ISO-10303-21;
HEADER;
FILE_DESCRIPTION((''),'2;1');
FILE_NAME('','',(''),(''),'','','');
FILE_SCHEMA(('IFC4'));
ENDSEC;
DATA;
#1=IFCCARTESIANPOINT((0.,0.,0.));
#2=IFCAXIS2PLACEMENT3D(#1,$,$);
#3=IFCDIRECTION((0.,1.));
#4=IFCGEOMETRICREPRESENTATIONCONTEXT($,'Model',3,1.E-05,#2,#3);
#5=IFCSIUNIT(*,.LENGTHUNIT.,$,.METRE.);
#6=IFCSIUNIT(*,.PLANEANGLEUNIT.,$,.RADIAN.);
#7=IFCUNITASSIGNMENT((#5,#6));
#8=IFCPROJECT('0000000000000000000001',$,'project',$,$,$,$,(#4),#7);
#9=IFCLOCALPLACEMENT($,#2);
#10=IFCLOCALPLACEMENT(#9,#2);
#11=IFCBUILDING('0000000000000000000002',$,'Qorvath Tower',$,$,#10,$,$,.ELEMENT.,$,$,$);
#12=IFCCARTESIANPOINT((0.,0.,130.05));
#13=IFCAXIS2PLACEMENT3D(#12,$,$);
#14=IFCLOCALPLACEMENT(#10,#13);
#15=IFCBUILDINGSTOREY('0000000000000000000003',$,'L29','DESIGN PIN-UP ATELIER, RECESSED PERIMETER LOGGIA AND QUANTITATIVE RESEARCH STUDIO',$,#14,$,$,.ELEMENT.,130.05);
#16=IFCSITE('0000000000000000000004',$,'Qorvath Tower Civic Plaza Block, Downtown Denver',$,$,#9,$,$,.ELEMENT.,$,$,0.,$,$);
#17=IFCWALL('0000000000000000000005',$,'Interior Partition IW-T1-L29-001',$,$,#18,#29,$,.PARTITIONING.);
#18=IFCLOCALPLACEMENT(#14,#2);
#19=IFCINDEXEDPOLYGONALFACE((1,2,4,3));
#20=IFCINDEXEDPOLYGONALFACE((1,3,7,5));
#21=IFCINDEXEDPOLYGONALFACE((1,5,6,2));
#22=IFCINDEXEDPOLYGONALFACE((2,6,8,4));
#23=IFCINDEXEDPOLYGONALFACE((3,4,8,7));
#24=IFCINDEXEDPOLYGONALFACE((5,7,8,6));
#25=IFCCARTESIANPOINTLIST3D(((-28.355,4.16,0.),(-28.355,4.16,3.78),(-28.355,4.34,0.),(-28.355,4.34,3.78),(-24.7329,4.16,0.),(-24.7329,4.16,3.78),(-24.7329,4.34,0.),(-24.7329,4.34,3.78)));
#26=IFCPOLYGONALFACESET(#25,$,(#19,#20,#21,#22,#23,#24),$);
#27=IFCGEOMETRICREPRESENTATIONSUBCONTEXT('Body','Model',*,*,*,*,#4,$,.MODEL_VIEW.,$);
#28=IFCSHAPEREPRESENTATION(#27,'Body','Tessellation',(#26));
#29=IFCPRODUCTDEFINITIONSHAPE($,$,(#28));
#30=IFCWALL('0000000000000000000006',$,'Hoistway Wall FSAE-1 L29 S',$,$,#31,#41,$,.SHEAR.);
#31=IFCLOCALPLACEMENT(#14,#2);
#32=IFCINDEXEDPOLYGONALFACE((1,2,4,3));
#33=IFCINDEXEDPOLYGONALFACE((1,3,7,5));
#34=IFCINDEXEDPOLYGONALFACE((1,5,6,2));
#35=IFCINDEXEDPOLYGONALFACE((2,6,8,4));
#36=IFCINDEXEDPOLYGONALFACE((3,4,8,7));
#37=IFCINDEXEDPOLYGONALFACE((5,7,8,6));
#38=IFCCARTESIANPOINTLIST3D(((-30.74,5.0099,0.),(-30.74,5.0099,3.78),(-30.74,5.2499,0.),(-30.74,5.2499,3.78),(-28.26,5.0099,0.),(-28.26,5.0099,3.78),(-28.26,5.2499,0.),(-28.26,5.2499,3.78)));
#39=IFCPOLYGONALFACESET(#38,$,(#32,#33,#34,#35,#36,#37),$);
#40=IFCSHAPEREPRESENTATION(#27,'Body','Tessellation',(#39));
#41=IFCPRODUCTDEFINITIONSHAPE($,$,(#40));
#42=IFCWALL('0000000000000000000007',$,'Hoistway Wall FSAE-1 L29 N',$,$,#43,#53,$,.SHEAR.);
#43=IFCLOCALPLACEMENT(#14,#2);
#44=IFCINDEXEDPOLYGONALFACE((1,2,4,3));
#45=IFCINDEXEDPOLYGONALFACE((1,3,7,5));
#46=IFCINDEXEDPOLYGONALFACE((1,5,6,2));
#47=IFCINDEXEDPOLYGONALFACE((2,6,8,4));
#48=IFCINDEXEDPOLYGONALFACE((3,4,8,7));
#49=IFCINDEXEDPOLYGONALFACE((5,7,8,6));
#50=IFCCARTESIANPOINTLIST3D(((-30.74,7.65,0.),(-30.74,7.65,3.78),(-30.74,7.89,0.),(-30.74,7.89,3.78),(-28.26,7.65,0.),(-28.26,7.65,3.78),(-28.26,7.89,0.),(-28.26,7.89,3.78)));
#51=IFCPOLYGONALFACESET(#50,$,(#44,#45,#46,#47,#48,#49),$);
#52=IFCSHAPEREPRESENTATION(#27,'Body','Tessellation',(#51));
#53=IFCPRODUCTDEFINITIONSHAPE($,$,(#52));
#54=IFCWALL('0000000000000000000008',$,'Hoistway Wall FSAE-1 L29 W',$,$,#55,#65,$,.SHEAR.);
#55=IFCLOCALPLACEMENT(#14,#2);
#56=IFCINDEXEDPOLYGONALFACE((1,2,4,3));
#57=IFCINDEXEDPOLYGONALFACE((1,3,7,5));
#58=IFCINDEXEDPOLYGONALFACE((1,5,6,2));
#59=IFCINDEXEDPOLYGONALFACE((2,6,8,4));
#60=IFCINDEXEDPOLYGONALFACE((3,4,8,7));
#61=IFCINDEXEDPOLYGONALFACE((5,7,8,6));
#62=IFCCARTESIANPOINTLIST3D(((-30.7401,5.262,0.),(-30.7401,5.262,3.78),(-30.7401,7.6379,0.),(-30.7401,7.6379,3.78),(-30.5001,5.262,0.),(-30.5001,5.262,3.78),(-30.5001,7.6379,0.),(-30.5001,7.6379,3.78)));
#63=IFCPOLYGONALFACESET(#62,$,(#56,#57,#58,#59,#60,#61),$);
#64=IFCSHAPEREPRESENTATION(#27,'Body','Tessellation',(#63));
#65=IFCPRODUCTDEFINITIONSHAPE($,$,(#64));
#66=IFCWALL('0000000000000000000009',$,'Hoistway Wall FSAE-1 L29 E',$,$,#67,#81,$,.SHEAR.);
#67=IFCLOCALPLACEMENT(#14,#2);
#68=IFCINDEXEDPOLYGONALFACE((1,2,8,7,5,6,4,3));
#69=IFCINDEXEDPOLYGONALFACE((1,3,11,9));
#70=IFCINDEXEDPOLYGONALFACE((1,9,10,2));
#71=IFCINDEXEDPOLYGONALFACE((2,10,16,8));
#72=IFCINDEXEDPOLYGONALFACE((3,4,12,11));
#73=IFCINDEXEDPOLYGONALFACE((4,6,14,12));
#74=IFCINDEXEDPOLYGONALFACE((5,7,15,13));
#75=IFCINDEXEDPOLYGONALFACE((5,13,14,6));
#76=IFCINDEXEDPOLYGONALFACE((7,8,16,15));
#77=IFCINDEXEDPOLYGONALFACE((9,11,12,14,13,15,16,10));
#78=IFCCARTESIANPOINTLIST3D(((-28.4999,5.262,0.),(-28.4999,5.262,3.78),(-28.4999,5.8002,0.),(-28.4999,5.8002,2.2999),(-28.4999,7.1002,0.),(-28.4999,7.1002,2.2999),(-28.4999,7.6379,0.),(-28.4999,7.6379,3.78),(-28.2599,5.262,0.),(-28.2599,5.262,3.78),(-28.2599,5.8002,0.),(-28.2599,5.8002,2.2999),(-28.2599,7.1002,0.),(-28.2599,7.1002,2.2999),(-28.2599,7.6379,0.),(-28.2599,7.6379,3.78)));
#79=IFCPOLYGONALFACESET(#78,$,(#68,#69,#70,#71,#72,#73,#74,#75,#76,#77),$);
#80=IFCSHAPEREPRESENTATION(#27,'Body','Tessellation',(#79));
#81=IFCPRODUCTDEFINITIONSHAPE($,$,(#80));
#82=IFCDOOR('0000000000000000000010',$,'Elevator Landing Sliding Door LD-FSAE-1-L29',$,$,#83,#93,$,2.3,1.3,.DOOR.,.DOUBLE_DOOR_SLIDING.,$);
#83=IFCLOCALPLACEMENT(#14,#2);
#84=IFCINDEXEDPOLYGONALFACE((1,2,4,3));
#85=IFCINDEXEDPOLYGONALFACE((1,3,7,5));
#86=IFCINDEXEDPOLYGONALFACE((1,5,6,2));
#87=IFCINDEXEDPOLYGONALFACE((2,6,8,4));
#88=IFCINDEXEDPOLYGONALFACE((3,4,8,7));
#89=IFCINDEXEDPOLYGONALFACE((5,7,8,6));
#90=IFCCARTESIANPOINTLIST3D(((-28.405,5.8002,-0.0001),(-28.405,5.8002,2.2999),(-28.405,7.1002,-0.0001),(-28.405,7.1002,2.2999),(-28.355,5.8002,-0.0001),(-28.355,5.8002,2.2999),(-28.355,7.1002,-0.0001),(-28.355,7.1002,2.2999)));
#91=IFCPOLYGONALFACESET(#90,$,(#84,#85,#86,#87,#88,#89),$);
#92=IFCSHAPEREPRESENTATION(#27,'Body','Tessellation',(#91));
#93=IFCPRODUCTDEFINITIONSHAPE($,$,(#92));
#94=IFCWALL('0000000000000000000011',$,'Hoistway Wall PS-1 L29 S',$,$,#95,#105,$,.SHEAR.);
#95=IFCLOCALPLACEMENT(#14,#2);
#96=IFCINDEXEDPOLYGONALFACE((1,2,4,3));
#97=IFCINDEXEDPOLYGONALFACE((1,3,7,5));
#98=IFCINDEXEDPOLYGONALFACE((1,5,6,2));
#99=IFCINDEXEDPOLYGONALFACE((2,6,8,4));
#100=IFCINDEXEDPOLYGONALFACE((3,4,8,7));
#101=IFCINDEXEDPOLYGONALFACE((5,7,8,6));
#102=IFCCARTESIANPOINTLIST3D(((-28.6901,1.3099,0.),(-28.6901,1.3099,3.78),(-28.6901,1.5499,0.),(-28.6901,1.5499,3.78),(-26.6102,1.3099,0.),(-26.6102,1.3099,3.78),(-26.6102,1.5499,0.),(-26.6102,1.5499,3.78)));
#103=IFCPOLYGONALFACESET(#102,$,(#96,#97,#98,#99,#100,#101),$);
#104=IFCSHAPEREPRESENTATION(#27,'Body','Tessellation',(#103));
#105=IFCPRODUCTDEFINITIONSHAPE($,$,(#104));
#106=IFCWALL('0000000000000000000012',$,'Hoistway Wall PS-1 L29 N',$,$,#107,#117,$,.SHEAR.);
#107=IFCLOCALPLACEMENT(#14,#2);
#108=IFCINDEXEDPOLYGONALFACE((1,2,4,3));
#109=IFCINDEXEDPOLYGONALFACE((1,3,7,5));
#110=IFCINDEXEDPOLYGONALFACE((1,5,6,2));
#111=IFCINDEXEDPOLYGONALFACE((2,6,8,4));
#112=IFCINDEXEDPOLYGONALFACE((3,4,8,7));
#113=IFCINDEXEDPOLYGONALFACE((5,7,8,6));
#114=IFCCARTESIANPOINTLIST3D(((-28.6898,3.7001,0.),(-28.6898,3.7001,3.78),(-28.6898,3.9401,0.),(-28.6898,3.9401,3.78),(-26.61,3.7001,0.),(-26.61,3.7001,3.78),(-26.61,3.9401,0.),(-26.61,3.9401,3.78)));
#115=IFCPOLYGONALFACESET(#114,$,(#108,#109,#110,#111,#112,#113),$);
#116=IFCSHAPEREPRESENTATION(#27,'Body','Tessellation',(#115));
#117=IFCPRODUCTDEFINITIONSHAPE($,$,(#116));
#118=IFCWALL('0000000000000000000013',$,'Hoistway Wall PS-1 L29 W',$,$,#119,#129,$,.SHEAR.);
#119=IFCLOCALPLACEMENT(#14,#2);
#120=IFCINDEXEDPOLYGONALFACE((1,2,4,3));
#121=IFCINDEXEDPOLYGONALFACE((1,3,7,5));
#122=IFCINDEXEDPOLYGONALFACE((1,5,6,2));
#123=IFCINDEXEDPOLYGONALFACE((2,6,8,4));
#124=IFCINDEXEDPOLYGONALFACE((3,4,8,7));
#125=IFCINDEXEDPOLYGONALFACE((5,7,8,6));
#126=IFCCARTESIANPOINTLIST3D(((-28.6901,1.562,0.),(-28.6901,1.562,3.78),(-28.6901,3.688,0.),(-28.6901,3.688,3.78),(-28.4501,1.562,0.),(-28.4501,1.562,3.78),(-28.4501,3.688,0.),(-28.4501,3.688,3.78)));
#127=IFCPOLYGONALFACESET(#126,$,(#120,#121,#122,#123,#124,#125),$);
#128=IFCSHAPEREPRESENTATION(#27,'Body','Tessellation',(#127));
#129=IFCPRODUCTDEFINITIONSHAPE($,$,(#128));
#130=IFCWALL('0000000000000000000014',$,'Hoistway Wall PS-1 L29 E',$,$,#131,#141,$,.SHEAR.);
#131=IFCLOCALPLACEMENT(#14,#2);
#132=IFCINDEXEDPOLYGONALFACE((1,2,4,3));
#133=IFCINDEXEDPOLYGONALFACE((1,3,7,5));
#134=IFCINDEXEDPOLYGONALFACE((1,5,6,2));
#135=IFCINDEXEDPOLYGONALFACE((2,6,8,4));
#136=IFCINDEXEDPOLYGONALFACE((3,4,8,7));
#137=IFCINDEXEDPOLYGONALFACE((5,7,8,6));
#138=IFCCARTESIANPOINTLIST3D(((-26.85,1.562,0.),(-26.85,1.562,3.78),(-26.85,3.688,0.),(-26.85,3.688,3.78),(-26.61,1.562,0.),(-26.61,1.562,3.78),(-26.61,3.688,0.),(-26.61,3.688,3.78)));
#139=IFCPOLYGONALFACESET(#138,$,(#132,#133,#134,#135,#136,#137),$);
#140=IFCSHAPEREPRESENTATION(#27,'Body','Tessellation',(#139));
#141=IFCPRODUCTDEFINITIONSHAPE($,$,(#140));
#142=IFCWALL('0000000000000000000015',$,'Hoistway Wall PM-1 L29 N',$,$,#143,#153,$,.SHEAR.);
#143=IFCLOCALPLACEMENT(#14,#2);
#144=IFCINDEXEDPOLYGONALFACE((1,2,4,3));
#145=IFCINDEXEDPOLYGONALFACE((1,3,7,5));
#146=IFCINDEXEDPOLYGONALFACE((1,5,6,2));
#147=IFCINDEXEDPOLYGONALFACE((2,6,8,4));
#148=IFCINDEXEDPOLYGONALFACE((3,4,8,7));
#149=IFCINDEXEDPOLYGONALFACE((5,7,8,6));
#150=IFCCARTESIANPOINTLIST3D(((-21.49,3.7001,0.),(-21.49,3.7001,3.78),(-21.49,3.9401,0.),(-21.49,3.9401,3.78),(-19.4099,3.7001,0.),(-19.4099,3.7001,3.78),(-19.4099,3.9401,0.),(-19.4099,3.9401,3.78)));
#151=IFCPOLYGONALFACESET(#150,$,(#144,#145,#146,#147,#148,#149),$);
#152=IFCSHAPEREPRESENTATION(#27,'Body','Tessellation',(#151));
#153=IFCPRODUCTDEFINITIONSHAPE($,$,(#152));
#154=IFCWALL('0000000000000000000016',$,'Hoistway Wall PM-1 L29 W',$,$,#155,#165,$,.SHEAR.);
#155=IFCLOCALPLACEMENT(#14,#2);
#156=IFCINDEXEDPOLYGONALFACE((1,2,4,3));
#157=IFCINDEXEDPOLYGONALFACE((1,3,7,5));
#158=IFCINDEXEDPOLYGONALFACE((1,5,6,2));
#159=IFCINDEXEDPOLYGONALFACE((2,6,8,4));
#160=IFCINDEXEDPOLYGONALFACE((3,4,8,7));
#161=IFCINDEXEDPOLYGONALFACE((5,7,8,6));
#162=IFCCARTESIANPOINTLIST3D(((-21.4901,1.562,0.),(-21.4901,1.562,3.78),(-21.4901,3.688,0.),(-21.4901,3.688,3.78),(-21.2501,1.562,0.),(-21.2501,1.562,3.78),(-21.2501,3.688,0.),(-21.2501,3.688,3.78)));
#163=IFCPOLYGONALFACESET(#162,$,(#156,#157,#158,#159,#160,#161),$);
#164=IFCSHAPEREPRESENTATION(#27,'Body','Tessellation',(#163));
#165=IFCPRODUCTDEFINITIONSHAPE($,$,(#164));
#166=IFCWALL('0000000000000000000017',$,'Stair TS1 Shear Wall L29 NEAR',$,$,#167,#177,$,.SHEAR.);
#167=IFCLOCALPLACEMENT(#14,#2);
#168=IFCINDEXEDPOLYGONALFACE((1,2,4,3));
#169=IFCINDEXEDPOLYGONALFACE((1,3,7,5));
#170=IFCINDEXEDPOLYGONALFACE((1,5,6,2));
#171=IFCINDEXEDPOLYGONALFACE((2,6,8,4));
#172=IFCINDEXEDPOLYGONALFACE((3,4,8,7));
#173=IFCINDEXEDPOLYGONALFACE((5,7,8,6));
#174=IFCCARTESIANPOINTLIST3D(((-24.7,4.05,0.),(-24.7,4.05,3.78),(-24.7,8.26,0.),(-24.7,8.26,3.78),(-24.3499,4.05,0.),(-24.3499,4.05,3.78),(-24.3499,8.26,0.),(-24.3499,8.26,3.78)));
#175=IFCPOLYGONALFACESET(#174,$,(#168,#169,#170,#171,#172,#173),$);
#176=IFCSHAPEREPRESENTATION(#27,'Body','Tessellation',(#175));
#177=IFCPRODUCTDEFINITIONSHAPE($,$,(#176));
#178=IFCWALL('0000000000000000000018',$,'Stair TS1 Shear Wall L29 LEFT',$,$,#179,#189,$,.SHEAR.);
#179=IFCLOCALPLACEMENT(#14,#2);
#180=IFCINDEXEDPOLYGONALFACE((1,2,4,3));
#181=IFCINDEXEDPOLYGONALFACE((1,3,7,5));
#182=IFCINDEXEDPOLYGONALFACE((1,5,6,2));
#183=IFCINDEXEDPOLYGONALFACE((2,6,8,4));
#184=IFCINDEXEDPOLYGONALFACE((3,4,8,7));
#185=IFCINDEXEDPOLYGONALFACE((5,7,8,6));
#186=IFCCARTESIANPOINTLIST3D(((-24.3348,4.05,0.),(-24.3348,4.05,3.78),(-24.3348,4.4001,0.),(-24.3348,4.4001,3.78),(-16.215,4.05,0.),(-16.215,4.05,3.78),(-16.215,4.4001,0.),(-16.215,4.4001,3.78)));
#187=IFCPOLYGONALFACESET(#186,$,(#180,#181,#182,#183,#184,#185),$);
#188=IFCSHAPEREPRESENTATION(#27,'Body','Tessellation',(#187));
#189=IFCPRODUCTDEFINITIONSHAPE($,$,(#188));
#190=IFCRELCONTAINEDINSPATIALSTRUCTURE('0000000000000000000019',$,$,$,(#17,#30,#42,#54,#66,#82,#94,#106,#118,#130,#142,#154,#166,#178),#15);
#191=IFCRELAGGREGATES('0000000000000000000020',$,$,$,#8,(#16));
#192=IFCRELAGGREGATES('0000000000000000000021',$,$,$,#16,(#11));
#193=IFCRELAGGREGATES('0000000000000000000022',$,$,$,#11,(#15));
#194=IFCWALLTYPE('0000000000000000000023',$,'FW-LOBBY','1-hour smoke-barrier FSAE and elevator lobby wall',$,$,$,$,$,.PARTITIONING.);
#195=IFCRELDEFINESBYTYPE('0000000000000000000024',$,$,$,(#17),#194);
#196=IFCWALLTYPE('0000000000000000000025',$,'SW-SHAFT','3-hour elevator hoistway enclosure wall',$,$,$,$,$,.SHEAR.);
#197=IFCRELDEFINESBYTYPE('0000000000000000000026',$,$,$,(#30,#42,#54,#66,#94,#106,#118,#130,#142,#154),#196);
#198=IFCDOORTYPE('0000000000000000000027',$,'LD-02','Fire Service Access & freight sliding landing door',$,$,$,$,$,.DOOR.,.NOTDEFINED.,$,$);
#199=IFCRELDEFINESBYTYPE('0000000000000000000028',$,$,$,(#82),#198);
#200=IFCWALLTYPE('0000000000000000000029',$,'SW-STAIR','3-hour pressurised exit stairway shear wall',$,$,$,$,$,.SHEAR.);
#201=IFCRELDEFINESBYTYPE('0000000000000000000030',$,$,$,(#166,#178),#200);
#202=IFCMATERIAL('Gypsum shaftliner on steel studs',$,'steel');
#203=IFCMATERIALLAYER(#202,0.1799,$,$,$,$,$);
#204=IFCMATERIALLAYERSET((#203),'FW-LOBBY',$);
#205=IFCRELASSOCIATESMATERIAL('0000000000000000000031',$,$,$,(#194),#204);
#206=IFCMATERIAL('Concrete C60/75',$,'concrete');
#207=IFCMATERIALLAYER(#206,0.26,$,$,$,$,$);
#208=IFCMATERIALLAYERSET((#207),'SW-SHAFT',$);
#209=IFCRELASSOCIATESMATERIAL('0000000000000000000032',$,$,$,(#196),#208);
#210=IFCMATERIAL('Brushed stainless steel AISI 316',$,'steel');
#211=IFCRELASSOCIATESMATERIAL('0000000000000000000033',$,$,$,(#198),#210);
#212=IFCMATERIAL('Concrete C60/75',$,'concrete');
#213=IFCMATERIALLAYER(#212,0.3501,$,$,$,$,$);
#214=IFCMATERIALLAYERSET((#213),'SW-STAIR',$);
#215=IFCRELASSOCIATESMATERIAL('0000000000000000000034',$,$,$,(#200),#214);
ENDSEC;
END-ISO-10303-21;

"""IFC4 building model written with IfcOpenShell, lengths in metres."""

from ifc_helpers import new_model, si_unit, direction, frame, frame_2d, origin, place, context, subcontext, project, spatial, rectangle, extrude, material, layer, layer_set, type_object, element, fill, save


model = new_model("IFC4")

# Units and contexts
model_context = context("Model", 3, precision=1e-05, world=origin(), true_north=direction((0.0, 1.0)))
body_context = subcontext(model_context, "Body", "Model", "MODEL_VIEW")
ifc_project = project(units=[si_unit("LENGTHUNIT", "METRE"), si_unit("PLANEANGLEUNIT", "RADIAN")], contexts=[model_context])

# Site, building, storey
site_placement = place(None, origin())
site = spatial("IfcSite", under=ifc_project, at=site_placement, Name="Qorvath Tower Civic Plaza Block, Downtown Denver", CompositionType="ELEMENT", RefElevation=0.0)
building_placement = place(site_placement, origin())
building = spatial("IfcBuilding", under=site, at=building_placement, Name="Qorvath Tower", CompositionType="ELEMENT")
storey_placement = place(building_placement, frame((0.0, 0.0, 130.05)))
storey = spatial("IfcBuildingStorey", under=building, at=storey_placement, Name="L29", Description="DESIGN PIN-UP ATELIER, RECESSED PERIMETER LOGGIA AND QUANTITATIVE RESEARCH STUDIO", CompositionType="ELEMENT", Elevation=130.05)

# Wall
ifc_material_1 = material(Name="Gypsum shaftliner on steel studs", Category="steel")
ifc_layer_1 = layer(ifc_material_1, 0.1799)
ifc_layer_set_1 = layer_set([ifc_layer_1], Name="FW-LOBBY")
wall_type_1 = type_object("IfcWallType", Name="FW-LOBBY", Description="1-hour smoke-barrier FSAE and elevator lobby wall", PredefinedType="PARTITIONING", material=ifc_layer_set_1)
wall_1_placement = place(storey_placement, frame((-28.355, 4.25, 0.0), z_axis=(0.0, 0.0, 1.0), x_axis=(1.0, 0.0, 0.0)))
element("IfcWall", 1, at=wall_1_placement, inside=storey, type_object=wall_type_1, Name="Interior Partition IW-T1-L29-001", PredefinedType="PARTITIONING", context=body_context, shape_type="SweptSolid", body=[
    extrude(rectangle(XDim=3.6221, YDim=0.1799, at=frame_2d((1.811, 0.0))), origin(), (0.0, 0.0, 1.0), 3.78),
])

# Walls
ifc_material_2 = material(Name="Concrete C60/75", Category="concrete")
ifc_layer_2 = layer(ifc_material_2, 0.26)
ifc_layer_set_2 = layer_set([ifc_layer_2], Name="SW-SHAFT")
wall_type_2 = type_object("IfcWallType", Name="SW-SHAFT", Description="3-hour elevator hoistway enclosure wall", PredefinedType="SHEAR", material=ifc_layer_set_2)
for number, where, z_axis, x_axis, name in (
    (2, (-28.26, 5.1299, 0.0), (0.0, 0.0, 1.0), (-1.0, 0.0, 0.0), "Hoistway Wall FSAE-1 L29 S"),
    (3, (-30.74, 7.77, 0.0), (0.0, 0.0, 1.0), (1.0, 0.0, 0.0), "Hoistway Wall FSAE-1 L29 N"),
):
    element("IfcWall", number, at=place(storey_placement, frame(where, z_axis=z_axis, x_axis=x_axis)), inside=storey, type_object=wall_type_2, Name=name, PredefinedType="SHEAR", context=body_context, shape_type="SweptSolid", body=[
        extrude(rectangle(XDim=2.48, YDim=0.24, at=frame_2d((1.24, 0.0))), origin(), (0.0, 0.0, 1.0), 3.78),
    ])
wall_2_placement = place(storey_placement, frame((-30.6201, 5.262, 0.0), z_axis=(0.0, 0.0, 1.0), x_axis=(0.0, 1.0, 0.0)))
element("IfcWall", 4, at=wall_2_placement, inside=storey, type_object=wall_type_2, Name="Hoistway Wall FSAE-1 L29 W", PredefinedType="SHEAR", context=body_context, shape_type="SweptSolid", body=[
    extrude(rectangle(XDim=2.376, YDim=0.24, at=frame_2d((1.188, 0.0))), origin(), (0.0, 0.0, 1.0), 3.78),
])

# Wall, opening, door
wall_3_placement = place(storey_placement, frame((-28.3799, 7.6379, 0.0), z_axis=(0.0, 0.0, 1.0), x_axis=(0.0, -1.0, 0.0)))
wall_3 = element("IfcWall", 5, at=wall_3_placement, inside=storey, type_object=wall_type_2, Name="Hoistway Wall FSAE-1 L29 E", PredefinedType="SHEAR", context=body_context, shape_type="SweptSolid", body=[
    extrude(rectangle(XDim=2.376, YDim=0.24, at=frame_2d((1.188, 0.0))), origin(), (0.0, 0.0, 1.0), 3.78),
])
opening_1_placement = place(wall_3_placement, frame((0.5378, 0.0, 0.0)))
opening_1 = element("IfcOpeningElement", 6, at=opening_1_placement, cuts=wall_3, PredefinedType="OPENING", context=body_context, shape_type="SweptSolid", body=[
    extrude(rectangle(XDim=1.3, YDim=2.3, at=frame_2d((0.6499, 1.1499))), frame((0.0, 0.1299, 0.0), z_axis=(0.0, -1.0, 0.0), x_axis=(1.0, 0.0, 0.0)), (0.0, 0.0, 1.0), 0.26),
])
ifc_material_3 = material(Name="Brushed stainless steel AISI 316", Category="steel")
door_type_1 = type_object("IfcDoorType", Name="LD-02", Description="Fire Service Access & freight sliding landing door", OperationType="NOTDEFINED", PredefinedType="DOOR", material=ifc_material_3)
door_1_placement = place(opening_1_placement, origin())
door_1 = element("IfcDoor", 7, at=door_1_placement, inside=storey, type_object=door_type_1, Name="Elevator Landing Sliding Door LD-FSAE-1-L29", OperationType="DOUBLE_DOOR_SLIDING", OverallHeight=2.3, OverallWidth=1.3, PredefinedType="DOOR", context=body_context, shape_type="SweptSolid", body=[
    extrude(rectangle(XDim=1.3, YDim=2.3, at=frame_2d((0.6499, 1.1499))), frame((0.0, 0.0249, 0.0), z_axis=(0.0, -1.0, 0.0), x_axis=(1.0, 0.0, 0.0)), (0.0, 0.0, 1.0), 0.05),
])
fill(opening_1, door_1)

# Walls
for number, where, z_axis, x_axis, name in (
    (8, (-26.6101, 1.4299, 0.0), (0.0, 0.0, 1.0), (-1.0, 0.0, 0.0), "Hoistway Wall PS-1 L29 S"),
    (9, (-28.6899, 3.8201, 0.0), (0.0, 0.0, 1.0), (1.0, 0.0, 0.0), "Hoistway Wall PS-1 L29 N"),
):
    element("IfcWall", number, at=place(storey_placement, frame(where, z_axis=z_axis, x_axis=x_axis)), inside=storey, type_object=wall_type_2, Name=name, PredefinedType="SHEAR", context=body_context, shape_type="SweptSolid", body=[
        extrude(rectangle(XDim=2.0798, YDim=0.24, at=frame_2d((1.04, 0.0))), origin(), (0.0, 0.0, 1.0), 3.78),
    ])
for number, where, z_axis, x_axis, name in (
    (10, (-28.5701, 1.562, 0.0), (0.0, 0.0, 1.0), (0.0, 1.0, 0.0), "Hoistway Wall PS-1 L29 W"),
    (11, (-26.73, 3.688, 0.0), (0.0, 0.0, 1.0), (0.0, -1.0, 0.0), "Hoistway Wall PS-1 L29 E"),
):
    element("IfcWall", number, at=place(storey_placement, frame(where, z_axis=z_axis, x_axis=x_axis)), inside=storey, type_object=wall_type_2, Name=name, PredefinedType="SHEAR", context=body_context, shape_type="SweptSolid", body=[
        extrude(rectangle(XDim=2.126, YDim=0.24, at=frame_2d((1.063, 0.0))), origin(), (0.0, 0.0, 1.0), 3.78),
    ])
wall_4_placement = place(storey_placement, frame((-21.49, 3.8201, 0.0), z_axis=(0.0, 0.0, 1.0), x_axis=(1.0, 0.0, 0.0)))
element("IfcWall", 12, at=wall_4_placement, inside=storey, type_object=wall_type_2, Name="Hoistway Wall PM-1 L29 N", PredefinedType="SHEAR", context=body_context, shape_type="SweptSolid", body=[
    extrude(rectangle(XDim=2.0801, YDim=0.24, at=frame_2d((1.04, 0.0))), origin(), (0.0, 0.0, 1.0), 3.78),
])
wall_5_placement = place(storey_placement, frame((-21.3701, 1.562, 0.0), z_axis=(0.0, 0.0, 1.0), x_axis=(0.0, 1.0, 0.0)))
element("IfcWall", 13, at=wall_5_placement, inside=storey, type_object=wall_type_2, Name="Hoistway Wall PM-1 L29 W", PredefinedType="SHEAR", context=body_context, shape_type="SweptSolid", body=[
    extrude(rectangle(XDim=2.126, YDim=0.24, at=frame_2d((1.063, 0.0))), origin(), (0.0, 0.0, 1.0), 3.78),
])
ifc_material_4 = material(Name="Concrete C60/75", Category="concrete")
ifc_layer_3 = layer(ifc_material_4, 0.3501)
ifc_layer_set_3 = layer_set([ifc_layer_3], Name="SW-STAIR")
wall_type_3 = type_object("IfcWallType", Name="SW-STAIR", Description="3-hour pressurised exit stairway shear wall", PredefinedType="SHEAR", material=ifc_layer_set_3)
wall_6_placement = place(storey_placement, frame((-24.5249, 8.26, 0.0), z_axis=(0.0, 0.0, 1.0), x_axis=(0.0, -1.0, 0.0)))
element("IfcWall", 14, at=wall_6_placement, inside=storey, type_object=wall_type_3, Name="Stair TS1 Shear Wall L29 NEAR", PredefinedType="SHEAR", context=body_context, shape_type="SweptSolid", body=[
    extrude(rectangle(XDim=4.21, YDim=0.3501, at=frame_2d((2.105, 0.0))), origin(), (0.0, 0.0, 1.0), 3.78),
])
wall_7_placement = place(storey_placement, frame((-24.335, 4.2251, 0.0), z_axis=(0.0, 0.0, 1.0), x_axis=(1.0, 0.0, 0.0)))
element("IfcWall", 15, at=wall_7_placement, inside=storey, type_object=wall_type_3, Name="Stair TS1 Shear Wall L29 LEFT", PredefinedType="SHEAR", context=body_context, shape_type="SweptSolid", body=[
    extrude(rectangle(XDim=8.1199, YDim=0.3501, at=frame_2d((4.0601, 0.0))), origin(), (0.0, 0.0, 1.0), 3.78),
])

save(model, "model.ifc")
